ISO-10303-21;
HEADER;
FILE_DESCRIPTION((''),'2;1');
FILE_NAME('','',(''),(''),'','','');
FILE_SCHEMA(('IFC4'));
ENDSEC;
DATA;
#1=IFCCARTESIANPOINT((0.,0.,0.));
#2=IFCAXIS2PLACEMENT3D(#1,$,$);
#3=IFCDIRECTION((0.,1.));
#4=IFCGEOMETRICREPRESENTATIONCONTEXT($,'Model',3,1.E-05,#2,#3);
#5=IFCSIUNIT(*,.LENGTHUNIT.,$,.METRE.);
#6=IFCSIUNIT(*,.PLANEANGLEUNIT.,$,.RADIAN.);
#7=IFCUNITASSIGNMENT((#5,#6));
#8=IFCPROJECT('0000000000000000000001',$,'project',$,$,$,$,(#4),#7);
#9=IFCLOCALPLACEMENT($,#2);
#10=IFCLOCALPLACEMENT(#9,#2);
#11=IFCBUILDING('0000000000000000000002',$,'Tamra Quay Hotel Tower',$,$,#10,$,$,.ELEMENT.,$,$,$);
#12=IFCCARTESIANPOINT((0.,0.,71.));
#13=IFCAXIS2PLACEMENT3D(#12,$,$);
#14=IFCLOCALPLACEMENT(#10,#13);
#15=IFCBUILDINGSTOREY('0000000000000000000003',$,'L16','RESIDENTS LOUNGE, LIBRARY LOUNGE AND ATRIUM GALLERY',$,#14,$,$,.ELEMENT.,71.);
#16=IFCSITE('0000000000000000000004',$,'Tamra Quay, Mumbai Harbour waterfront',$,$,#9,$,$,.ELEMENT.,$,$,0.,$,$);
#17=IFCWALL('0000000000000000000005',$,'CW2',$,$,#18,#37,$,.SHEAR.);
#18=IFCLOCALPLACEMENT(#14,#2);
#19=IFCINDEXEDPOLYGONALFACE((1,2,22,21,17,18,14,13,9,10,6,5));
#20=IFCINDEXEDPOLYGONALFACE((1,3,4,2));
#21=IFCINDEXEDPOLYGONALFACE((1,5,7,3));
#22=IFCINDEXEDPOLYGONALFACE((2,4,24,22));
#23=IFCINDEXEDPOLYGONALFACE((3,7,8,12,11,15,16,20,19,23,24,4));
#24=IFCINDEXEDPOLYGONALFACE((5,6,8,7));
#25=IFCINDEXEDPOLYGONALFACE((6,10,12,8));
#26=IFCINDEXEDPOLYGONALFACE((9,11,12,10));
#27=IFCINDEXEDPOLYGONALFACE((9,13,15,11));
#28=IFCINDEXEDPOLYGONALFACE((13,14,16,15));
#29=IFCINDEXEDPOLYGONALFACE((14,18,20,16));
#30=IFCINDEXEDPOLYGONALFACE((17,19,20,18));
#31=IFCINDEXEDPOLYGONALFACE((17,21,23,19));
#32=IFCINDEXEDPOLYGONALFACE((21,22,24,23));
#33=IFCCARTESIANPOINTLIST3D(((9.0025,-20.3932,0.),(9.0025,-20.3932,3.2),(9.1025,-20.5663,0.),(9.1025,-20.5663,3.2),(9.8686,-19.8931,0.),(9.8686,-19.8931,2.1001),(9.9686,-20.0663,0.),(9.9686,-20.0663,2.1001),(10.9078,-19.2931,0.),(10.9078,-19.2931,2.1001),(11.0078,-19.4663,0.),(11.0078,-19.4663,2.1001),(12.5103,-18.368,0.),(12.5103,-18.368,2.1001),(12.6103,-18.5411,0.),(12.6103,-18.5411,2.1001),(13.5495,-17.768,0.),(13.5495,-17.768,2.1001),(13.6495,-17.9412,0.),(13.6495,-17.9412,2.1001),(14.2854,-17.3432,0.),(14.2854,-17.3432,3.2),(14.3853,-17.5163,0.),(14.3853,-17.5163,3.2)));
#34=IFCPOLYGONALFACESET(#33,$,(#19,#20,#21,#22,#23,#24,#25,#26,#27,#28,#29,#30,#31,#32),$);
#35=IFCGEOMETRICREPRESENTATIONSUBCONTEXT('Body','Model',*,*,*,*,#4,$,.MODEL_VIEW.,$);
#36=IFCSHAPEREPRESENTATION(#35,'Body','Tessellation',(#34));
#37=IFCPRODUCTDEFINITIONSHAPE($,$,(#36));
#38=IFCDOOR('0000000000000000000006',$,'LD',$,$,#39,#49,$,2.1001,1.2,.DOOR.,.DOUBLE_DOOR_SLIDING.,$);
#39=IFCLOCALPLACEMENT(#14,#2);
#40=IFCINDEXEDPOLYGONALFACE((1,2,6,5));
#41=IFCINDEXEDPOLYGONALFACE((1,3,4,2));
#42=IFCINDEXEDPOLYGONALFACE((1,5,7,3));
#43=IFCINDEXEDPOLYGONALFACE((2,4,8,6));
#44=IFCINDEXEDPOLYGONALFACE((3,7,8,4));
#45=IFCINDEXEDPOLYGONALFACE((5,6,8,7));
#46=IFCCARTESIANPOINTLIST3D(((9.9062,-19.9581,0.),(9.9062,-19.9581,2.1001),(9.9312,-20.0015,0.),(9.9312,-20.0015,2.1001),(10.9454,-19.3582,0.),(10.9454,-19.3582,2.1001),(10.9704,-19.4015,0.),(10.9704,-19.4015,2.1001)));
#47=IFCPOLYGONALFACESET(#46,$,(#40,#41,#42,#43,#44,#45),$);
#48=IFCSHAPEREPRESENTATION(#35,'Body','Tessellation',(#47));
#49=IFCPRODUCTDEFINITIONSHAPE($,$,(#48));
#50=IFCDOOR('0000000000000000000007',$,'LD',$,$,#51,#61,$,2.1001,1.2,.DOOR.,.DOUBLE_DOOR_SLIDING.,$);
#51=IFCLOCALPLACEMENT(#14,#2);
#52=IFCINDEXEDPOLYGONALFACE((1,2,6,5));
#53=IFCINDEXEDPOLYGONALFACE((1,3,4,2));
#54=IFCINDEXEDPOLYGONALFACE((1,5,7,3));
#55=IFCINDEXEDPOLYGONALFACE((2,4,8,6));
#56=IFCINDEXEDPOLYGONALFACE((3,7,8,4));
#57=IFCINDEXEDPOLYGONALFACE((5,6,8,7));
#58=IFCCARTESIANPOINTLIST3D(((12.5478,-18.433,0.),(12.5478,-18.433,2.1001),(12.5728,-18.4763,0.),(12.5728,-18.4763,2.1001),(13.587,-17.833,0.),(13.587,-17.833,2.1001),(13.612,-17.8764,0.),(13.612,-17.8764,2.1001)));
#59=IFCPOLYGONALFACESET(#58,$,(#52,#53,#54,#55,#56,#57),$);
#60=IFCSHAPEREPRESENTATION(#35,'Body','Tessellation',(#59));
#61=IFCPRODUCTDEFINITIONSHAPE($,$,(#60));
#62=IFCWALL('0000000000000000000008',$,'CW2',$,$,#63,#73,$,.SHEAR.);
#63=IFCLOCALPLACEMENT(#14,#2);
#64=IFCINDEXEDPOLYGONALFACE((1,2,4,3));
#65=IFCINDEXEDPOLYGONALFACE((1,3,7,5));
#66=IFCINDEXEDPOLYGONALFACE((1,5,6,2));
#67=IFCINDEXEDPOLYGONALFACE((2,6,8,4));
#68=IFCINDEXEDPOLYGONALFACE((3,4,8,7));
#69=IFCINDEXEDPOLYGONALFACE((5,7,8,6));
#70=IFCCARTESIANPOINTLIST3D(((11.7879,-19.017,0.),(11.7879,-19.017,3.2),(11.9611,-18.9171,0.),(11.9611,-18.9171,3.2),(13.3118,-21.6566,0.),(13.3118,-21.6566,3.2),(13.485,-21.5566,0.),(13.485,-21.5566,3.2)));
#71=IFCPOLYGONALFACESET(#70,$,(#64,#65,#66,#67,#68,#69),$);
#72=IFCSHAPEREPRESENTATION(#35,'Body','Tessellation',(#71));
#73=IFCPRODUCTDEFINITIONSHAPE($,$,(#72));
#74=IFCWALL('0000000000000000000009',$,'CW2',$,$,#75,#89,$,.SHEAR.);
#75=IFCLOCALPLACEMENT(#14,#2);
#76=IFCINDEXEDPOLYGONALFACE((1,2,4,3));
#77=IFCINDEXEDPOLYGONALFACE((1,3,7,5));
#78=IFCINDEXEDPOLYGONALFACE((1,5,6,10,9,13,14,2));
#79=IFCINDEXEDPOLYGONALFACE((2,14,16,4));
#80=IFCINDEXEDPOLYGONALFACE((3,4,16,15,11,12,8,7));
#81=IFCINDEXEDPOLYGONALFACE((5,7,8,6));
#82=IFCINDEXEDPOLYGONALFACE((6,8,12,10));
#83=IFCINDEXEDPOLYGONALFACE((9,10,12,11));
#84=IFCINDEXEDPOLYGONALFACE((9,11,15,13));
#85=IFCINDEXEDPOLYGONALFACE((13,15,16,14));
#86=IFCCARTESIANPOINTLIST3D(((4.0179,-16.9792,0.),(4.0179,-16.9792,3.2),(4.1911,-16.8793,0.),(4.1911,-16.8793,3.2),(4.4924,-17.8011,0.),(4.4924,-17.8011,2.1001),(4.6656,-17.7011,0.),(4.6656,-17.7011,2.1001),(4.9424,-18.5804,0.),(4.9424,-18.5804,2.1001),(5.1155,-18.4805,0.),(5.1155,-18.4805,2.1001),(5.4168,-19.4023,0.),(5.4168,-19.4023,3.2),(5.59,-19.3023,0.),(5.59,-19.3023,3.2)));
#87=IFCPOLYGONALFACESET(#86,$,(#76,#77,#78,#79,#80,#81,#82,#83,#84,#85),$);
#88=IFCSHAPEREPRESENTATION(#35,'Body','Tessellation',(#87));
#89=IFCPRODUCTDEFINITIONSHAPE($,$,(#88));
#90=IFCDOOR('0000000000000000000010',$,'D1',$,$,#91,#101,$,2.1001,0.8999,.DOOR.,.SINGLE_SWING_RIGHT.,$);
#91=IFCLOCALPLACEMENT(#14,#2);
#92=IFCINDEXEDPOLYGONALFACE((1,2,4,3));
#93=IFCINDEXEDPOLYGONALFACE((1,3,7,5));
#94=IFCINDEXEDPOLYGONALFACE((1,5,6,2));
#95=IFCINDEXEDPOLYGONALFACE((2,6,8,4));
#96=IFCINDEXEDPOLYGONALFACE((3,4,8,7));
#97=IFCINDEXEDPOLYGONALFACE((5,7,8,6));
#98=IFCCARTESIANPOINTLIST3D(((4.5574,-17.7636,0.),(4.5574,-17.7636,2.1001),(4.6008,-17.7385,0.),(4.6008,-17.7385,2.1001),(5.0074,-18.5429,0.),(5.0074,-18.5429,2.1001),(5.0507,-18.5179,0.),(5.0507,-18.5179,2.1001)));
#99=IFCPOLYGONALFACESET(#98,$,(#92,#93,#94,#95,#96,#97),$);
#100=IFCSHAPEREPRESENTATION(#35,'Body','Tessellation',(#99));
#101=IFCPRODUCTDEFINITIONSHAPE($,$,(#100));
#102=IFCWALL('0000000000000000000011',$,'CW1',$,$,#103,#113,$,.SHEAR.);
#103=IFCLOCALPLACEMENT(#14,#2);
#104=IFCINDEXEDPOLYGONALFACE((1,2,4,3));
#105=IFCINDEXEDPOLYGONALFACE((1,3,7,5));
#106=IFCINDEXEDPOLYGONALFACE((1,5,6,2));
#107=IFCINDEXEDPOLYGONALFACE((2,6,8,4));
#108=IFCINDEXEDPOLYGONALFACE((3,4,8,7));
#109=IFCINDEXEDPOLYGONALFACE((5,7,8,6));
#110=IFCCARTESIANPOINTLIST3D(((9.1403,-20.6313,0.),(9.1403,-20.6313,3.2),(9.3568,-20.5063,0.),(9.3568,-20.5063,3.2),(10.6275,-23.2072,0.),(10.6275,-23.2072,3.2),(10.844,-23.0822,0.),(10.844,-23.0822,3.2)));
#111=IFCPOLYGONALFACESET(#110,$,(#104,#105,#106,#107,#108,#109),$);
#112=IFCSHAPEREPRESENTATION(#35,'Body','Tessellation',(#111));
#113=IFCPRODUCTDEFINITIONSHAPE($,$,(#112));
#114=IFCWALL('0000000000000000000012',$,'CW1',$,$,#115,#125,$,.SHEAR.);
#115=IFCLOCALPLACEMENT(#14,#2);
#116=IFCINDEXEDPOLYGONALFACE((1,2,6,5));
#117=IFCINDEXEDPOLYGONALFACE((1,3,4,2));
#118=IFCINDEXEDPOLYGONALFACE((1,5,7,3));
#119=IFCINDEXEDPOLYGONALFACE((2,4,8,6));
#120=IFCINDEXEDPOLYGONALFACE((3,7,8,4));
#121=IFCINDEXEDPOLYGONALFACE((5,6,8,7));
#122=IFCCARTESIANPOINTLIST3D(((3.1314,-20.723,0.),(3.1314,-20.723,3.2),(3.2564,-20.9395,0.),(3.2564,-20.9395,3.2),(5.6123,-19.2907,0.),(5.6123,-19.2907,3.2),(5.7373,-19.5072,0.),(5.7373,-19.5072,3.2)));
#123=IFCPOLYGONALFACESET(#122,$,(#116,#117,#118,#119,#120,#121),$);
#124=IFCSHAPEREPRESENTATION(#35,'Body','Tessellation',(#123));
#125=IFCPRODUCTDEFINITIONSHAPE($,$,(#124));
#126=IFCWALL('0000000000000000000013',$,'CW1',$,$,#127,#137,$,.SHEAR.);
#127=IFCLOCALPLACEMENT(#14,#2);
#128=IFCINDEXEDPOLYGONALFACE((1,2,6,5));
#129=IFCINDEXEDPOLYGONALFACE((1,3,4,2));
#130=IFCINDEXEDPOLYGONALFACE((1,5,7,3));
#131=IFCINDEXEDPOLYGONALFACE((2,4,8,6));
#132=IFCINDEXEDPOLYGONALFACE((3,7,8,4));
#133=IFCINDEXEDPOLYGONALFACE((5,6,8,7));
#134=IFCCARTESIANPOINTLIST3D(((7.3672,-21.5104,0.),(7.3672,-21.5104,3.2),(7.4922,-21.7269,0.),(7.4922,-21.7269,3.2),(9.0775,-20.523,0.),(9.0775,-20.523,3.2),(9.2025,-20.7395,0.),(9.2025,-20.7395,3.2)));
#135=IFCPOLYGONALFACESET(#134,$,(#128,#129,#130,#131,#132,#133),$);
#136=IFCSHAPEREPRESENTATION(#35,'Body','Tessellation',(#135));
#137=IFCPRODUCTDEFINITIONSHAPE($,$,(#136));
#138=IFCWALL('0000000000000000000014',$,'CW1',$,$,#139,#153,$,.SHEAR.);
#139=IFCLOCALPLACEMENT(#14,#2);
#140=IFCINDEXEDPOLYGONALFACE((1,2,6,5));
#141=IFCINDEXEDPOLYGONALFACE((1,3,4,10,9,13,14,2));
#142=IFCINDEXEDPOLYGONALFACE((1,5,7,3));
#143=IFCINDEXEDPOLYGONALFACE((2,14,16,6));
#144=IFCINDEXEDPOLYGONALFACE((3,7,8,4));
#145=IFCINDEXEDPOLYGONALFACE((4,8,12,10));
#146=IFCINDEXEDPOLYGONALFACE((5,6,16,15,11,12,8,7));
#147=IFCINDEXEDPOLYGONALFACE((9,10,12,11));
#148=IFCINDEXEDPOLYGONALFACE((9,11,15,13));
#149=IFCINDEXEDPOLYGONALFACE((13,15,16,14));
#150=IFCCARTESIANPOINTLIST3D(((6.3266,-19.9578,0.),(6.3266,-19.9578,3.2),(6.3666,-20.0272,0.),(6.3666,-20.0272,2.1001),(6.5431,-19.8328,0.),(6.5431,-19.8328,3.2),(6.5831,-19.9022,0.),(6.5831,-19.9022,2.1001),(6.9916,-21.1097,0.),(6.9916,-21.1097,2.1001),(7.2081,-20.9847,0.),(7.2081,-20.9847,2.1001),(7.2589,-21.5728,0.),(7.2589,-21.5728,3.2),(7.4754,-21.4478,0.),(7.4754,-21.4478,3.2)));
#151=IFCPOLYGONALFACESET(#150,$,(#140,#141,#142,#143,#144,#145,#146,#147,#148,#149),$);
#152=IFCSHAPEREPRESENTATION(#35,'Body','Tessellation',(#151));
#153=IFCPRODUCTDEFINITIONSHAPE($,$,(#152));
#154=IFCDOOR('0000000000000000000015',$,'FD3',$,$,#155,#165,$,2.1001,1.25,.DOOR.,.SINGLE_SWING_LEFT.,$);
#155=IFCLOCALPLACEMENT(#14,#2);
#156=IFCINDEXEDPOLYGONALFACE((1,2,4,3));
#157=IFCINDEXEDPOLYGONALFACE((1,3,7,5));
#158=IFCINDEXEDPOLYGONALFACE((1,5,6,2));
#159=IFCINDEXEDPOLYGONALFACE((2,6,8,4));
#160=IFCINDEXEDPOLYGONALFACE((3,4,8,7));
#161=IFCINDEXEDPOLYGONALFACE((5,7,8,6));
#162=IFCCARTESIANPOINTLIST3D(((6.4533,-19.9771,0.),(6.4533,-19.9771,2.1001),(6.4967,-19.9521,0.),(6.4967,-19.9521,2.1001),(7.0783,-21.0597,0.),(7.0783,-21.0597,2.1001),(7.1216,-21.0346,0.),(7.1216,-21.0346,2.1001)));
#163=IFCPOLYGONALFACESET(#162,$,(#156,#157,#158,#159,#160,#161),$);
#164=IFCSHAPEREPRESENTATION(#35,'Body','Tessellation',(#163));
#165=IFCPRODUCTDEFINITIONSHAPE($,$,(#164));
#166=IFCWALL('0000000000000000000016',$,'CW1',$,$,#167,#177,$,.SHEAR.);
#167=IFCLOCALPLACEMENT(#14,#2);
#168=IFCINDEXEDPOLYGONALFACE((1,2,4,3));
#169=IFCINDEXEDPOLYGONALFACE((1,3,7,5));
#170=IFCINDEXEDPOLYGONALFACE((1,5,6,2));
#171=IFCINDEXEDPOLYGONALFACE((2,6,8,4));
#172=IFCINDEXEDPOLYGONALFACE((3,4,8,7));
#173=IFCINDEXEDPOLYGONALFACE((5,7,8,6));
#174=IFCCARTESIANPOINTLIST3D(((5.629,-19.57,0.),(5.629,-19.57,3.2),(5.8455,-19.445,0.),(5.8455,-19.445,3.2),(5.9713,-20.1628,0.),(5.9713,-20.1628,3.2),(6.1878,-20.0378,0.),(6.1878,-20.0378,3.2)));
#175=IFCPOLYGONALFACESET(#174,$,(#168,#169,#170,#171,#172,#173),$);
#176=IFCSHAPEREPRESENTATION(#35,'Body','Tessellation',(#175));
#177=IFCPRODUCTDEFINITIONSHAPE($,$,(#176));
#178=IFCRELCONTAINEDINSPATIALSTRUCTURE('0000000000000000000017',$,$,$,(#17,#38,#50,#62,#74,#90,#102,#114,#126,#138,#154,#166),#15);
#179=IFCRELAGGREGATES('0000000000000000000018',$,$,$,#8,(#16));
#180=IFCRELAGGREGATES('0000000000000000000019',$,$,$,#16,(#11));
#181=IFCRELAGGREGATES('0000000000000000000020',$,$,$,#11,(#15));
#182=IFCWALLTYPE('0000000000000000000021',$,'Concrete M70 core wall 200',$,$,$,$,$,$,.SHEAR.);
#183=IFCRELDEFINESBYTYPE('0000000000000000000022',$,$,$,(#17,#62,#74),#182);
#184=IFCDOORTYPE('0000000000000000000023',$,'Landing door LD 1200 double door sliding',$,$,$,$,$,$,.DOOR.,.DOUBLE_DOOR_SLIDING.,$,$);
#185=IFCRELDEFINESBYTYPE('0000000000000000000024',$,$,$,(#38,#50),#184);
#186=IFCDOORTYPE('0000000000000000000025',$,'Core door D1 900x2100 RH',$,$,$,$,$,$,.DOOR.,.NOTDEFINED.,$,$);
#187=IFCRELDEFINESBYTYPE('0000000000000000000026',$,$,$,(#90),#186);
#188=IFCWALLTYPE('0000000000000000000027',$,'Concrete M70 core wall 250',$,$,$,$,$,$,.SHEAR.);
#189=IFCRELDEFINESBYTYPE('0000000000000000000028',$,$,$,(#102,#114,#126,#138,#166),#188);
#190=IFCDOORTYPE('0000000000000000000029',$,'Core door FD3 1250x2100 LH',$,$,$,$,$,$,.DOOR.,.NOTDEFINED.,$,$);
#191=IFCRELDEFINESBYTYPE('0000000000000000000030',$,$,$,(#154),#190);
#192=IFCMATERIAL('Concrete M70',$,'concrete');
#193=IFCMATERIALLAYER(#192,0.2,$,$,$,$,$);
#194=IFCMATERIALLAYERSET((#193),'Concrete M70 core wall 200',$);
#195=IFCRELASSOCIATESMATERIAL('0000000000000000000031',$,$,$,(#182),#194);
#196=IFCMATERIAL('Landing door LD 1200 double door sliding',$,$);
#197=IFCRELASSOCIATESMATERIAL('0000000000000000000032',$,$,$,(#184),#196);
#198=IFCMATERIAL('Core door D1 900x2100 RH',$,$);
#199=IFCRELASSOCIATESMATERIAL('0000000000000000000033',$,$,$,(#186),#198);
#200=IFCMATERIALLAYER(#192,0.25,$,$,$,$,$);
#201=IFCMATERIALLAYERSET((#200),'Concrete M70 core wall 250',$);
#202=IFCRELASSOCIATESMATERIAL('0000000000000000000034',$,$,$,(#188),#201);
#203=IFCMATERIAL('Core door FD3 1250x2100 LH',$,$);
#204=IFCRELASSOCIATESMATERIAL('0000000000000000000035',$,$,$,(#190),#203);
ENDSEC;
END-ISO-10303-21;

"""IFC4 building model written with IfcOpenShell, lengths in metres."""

from ifc_helpers import new_model, si_unit, direction, frame, frame_2d, origin, place, context, subcontext, project, spatial, rectangle, extrude, material, layer, layer_set, type_object, element, fill, save


model = new_model("IFC4")

# Units and contexts
model_context = context("Model", 3, precision=1e-05, world=origin(), true_north=direction((0.0, 1.0)))
body_context = subcontext(model_context, "Body", "Model", "MODEL_VIEW")
ifc_project = project(units=[si_unit("LENGTHUNIT", "METRE"), si_unit("PLANEANGLEUNIT", "RADIAN")], contexts=[model_context])

# Site, building, storey
site_placement = place(None, origin())
site = spatial("IfcSite", under=ifc_project, at=site_placement, Name="Tamra Quay, Mumbai Harbour waterfront", CompositionType="ELEMENT", RefElevation=0.0)
building_placement = place(site_placement, origin())
building = spatial("IfcBuilding", under=site, at=building_placement, Name="Tamra Quay Hotel Tower", CompositionType="ELEMENT")
storey_placement = place(building_placement, frame((0.0, 0.0, 71.0)))
storey = spatial("IfcBuildingStorey", under=building, at=storey_placement, Name="L16", Description="RESIDENTS LOUNGE, LIBRARY LOUNGE AND ATRIUM GALLERY", CompositionType="ELEMENT", Elevation=71.0)

# Shared definitions
ifc_material_1 = material(Name="Concrete M70", Category="concrete")

# Wall, openings, doors
ifc_layer_1 = layer(ifc_material_1, 0.2)
ifc_layer_set_1 = layer_set([ifc_layer_1], Name="Concrete M70 core wall 200")
wall_type_1 = type_object("IfcWallType", Name="Concrete M70 core wall 200", PredefinedType="SHEAR", material=ifc_layer_set_1)
wall_1_placement = place(storey_placement, frame((9.0525, -20.4797, 0.0), z_axis=(0.0, 0.0, 1.0), x_axis=(0.86603, 0.499992, 0.0)))
wall_1 = element("IfcWall", 1, at=wall_1_placement, inside=storey, type_object=wall_type_1, Name="CW2", PredefinedType="SHEAR", context=body_context, shape_type="SweptSolid", body=[
    extrude(rectangle(XDim=6.1001, YDim=0.2, at=frame_2d((3.05, 0.0))), origin(), (0.0, 0.0, 1.0), 3.2),
])
opening_1_placement = place(wall_1_placement, frame((1.0, 0.0, 0.0)))
opening_1 = element("IfcOpeningElement", 2, at=opening_1_placement, cuts=wall_1, PredefinedType="OPENING", context=body_context, shape_type="SweptSolid", body=[
    extrude(rectangle(XDim=1.2, YDim=2.1001, at=frame_2d((0.6001, 1.05))), frame((0.0, 0.1099, 0.0), z_axis=(0.0, -1.0, 0.0), x_axis=(1.0, 0.0, 0.0)), (0.0, 0.0, 1.0), 0.22),
])
opening_2_placement = place(wall_1_placement, frame((4.0503, 0.0, 0.0)))
opening_2 = element("IfcOpeningElement", 3, at=opening_2_placement, cuts=wall_1, PredefinedType="OPENING", context=body_context, shape_type="SweptSolid", body=[
    extrude(rectangle(XDim=1.2, YDim=2.1001, at=frame_2d((0.6001, 1.05))), frame((0.0, 0.1099, 0.0), z_axis=(0.0, -1.0, 0.0), x_axis=(1.0, 0.0, 0.0)), (0.0, 0.0, 1.0), 0.22),
])
ifc_material_2 = material(Name="Landing door LD 1200 double door sliding")
door_type_1 = type_object("IfcDoorType", Name="Landing door LD 1200 double door sliding", OperationType="DOUBLE_DOOR_SLIDING", PredefinedType="DOOR", material=ifc_material_2)
door_1_placement = place(opening_1_placement, origin())
door_1 = element("IfcDoor", 4, at=door_1_placement, inside=storey, type_object=door_type_1, Name="LD", OperationType="DOUBLE_DOOR_SLIDING", OverallHeight=2.1001, OverallWidth=1.2, PredefinedType="DOOR", context=body_context, shape_type="SweptSolid", body=[
    extrude(rectangle(XDim=1.2, YDim=2.1001, at=frame_2d((0.6001, 1.05))), frame((0.0, 0.0249, 0.0), z_axis=(0.0, -1.0, 0.0), x_axis=(1.0, 0.0, 0.0)), (0.0, 0.0, 1.0), 0.05),
])
fill(opening_1, door_1)
door_2_placement = place(opening_2_placement, origin())
door_2 = element("IfcDoor", 5, at=door_2_placement, inside=storey, type_object=door_type_1, Name="LD", OperationType="DOUBLE_DOOR_SLIDING", OverallHeight=2.1001, OverallWidth=1.2, PredefinedType="DOOR", context=body_context, shape_type="SweptSolid", body=[
    extrude(rectangle(XDim=1.2, YDim=2.1001, at=frame_2d((0.6001, 1.05))), frame((0.0, 0.0249, 0.0), z_axis=(0.0, -1.0, 0.0), x_axis=(1.0, 0.0, 0.0)), (0.0, 0.0, 1.0), 0.05),
])
fill(opening_2, door_2)

# Wall
wall_2_placement = place(storey_placement, frame((11.8745, -18.967, 0.0), z_axis=(0.0, 0.0, 1.0), x_axis=(0.499981, -0.866036, 0.0)))
element("IfcWall", 6, at=wall_2_placement, inside=storey, type_object=wall_type_1, Name="CW2", PredefinedType="SHEAR", context=body_context, shape_type="SweptSolid", body=[
    extrude(rectangle(XDim=3.0479, YDim=0.2, at=frame_2d((1.5239, 0.0))), origin(), (0.0, 0.0, 1.0), 3.2),
])

# Wall, opening, door
wall_3_placement = place(storey_placement, frame((5.5034, -19.3523, 0.0), z_axis=(0.0, 0.0, 1.0), x_axis=(-0.499987, 0.866033, 0.0)))
wall_3 = element("IfcWall", 7, at=wall_3_placement, inside=storey, type_object=wall_type_1, Name="CW2", PredefinedType="SHEAR", context=body_context, shape_type="SweptSolid", body=[
    extrude(rectangle(XDim=2.7979, YDim=0.2, at=frame_2d((1.3989, 0.0))), origin(), (0.0, 0.0, 1.0), 3.2),
])
opening_3_placement = place(wall_3_placement, frame((0.949, 0.0, 0.0)))
opening_3 = element("IfcOpeningElement", 8, at=opening_3_placement, cuts=wall_3, PredefinedType="OPENING", context=body_context, shape_type="SweptSolid", body=[
    extrude(rectangle(XDim=0.8999, YDim=2.1001, at=frame_2d((0.45, 1.05))), frame((0.0, 0.1099, 0.0), z_axis=(0.0, -1.0, 0.0), x_axis=(1.0, 0.0, 0.0)), (0.0, 0.0, 1.0), 0.22),
])
ifc_material_3 = material(Name="Core door D1 900x2100 RH")
door_type_2 = type_object("IfcDoorType", Name="Core door D1 900x2100 RH", OperationType="NOTDEFINED", PredefinedType="DOOR", material=ifc_material_3)
door_3_placement = place(opening_3_placement, origin())
door_3 = element("IfcDoor", 9, at=door_3_placement, inside=storey, type_object=door_type_2, Name="D1", OperationType="SINGLE_SWING_RIGHT", OverallHeight=2.1001, OverallWidth=0.8999, PredefinedType="DOOR", context=body_context, shape_type="SweptSolid", body=[
    extrude(rectangle(XDim=0.8999, YDim=2.1001, at=frame_2d((0.45, 1.05))), frame((0.0, 0.0249, 0.0), z_axis=(0.0, -1.0, 0.0), x_axis=(1.0, 0.0, 0.0)), (0.0, 0.0, 1.0), 0.05),
])
fill(opening_3, door_3)

# Walls
ifc_layer_2 = layer(ifc_material_1, 0.25)
ifc_layer_set_2 = layer_set([ifc_layer_2], Name="Concrete M70 core wall 250")
wall_type_2 = type_object("IfcWallType", Name="Concrete M70 core wall 250", PredefinedType="SHEAR", material=ifc_layer_set_2)
wall_4_placement = place(storey_placement, frame((10.7358, -23.1448, 0.0), z_axis=(0.0, 0.0, 1.0), x_axis=(-0.500023, 0.866012, 0.0)))
element("IfcWall", 10, at=wall_4_placement, inside=storey, type_object=wall_type_2, Name="CW1", PredefinedType="SHEAR", context=body_context, shape_type="SweptSolid", body=[
    extrude(rectangle(XDim=2.9744, YDim=0.25, at=frame_2d((1.4873, 0.0))), origin(), (0.0, 0.0, 1.0), 3.2),
])
wall_5_placement = place(storey_placement, frame((5.6748, -19.3989, 0.0), z_axis=(0.0, 0.0, 1.0), x_axis=(-0.866027, -0.499998, 0.0)))
element("IfcWall", 11, at=wall_5_placement, inside=storey, type_object=wall_type_2, Name="CW1", PredefinedType="SHEAR", context=body_context, shape_type="SweptSolid", body=[
    extrude(rectangle(XDim=2.8647, YDim=0.25, at=frame_2d((1.4324, 0.0))), origin(), (0.0, 0.0, 1.0), 3.2),
])
wall_6_placement = place(storey_placement, frame((9.1399, -20.6313, 0.0), z_axis=(0.0, 0.0, 1.0), x_axis=(-0.866044, -0.499969, 0.0)))
element("IfcWall", 12, at=wall_6_placement, inside=storey, type_object=wall_type_2, Name="CW1", PredefinedType="SHEAR", context=body_context, shape_type="SweptSolid", body=[
    extrude(rectangle(XDim=1.9749, YDim=0.25, at=frame_2d((0.9873, 0.0))), origin(), (0.0, 0.0, 1.0), 3.2),
])

# Wall, opening, door
wall_7_placement = place(storey_placement, frame((7.3672, -21.5103, 0.0), z_axis=(0.0, 0.0, 1.0), x_axis=(-0.499983, 0.866035, 0.0)))
wall_7 = element("IfcWall", 13, at=wall_7_placement, inside=storey, type_object=wall_type_2, Name="CW1", PredefinedType="SHEAR", context=body_context, shape_type="SweptSolid", body=[
    extrude(rectangle(XDim=1.8647, YDim=0.25, at=frame_2d((0.9324, 0.0))), origin(), (0.0, 0.0, 1.0), 3.2),
])
opening_4_placement = place(wall_7_placement, frame((0.5347, 0.0, 0.0)))
opening_4 = element("IfcOpeningElement", 14, at=opening_4_placement, cuts=wall_7, PredefinedType="OPENING", context=body_context, shape_type="SweptSolid", body=[
    extrude(rectangle(XDim=1.25, YDim=2.1001, at=frame_2d((0.625, 1.05))), frame((0.0, 0.135, 0.0), z_axis=(0.0, -1.0, 0.0), x_axis=(1.0, 0.0, 0.0)), (0.0, 0.0, 1.0), 0.27),
])
ifc_material_4 = material(Name="Core door FD3 1250x2100 LH")
door_type_3 = type_object("IfcDoorType", Name="Core door FD3 1250x2100 LH", OperationType="NOTDEFINED", PredefinedType="DOOR", material=ifc_material_4)
door_4_placement = place(opening_4_placement, origin())
door_4 = element("IfcDoor", 15, at=door_4_placement, inside=storey, type_object=door_type_3, Name="FD3", OperationType="SINGLE_SWING_LEFT", OverallHeight=2.1001, OverallWidth=1.25, PredefinedType="DOOR", context=body_context, shape_type="SweptSolid", body=[
    extrude(rectangle(XDim=1.25, YDim=2.1001, at=frame_2d((0.625, 1.05))), frame((0.0, 0.0249, 0.0), z_axis=(0.0, -1.0, 0.0), x_axis=(1.0, 0.0, 0.0)), (0.0, 0.0, 1.0), 0.05),
])
fill(opening_4, door_4)

# Wall
wall_8_placement = place(storey_placement, frame((6.0796, -20.1003, 0.0), z_axis=(0.0, 0.0, 1.0), x_axis=(-0.500052, 0.865996, 0.0)))
element("IfcWall", 16, at=wall_8_placement, inside=storey, type_object=wall_type_2, Name="CW1", PredefinedType="SHEAR", context=body_context, shape_type="SweptSolid", body=[
    extrude(rectangle(XDim=0.6846, YDim=0.25, at=frame_2d((0.3423, 0.0))), origin(), (0.0, 0.0, 1.0), 3.2),
])

save(model, "model.ifc")
